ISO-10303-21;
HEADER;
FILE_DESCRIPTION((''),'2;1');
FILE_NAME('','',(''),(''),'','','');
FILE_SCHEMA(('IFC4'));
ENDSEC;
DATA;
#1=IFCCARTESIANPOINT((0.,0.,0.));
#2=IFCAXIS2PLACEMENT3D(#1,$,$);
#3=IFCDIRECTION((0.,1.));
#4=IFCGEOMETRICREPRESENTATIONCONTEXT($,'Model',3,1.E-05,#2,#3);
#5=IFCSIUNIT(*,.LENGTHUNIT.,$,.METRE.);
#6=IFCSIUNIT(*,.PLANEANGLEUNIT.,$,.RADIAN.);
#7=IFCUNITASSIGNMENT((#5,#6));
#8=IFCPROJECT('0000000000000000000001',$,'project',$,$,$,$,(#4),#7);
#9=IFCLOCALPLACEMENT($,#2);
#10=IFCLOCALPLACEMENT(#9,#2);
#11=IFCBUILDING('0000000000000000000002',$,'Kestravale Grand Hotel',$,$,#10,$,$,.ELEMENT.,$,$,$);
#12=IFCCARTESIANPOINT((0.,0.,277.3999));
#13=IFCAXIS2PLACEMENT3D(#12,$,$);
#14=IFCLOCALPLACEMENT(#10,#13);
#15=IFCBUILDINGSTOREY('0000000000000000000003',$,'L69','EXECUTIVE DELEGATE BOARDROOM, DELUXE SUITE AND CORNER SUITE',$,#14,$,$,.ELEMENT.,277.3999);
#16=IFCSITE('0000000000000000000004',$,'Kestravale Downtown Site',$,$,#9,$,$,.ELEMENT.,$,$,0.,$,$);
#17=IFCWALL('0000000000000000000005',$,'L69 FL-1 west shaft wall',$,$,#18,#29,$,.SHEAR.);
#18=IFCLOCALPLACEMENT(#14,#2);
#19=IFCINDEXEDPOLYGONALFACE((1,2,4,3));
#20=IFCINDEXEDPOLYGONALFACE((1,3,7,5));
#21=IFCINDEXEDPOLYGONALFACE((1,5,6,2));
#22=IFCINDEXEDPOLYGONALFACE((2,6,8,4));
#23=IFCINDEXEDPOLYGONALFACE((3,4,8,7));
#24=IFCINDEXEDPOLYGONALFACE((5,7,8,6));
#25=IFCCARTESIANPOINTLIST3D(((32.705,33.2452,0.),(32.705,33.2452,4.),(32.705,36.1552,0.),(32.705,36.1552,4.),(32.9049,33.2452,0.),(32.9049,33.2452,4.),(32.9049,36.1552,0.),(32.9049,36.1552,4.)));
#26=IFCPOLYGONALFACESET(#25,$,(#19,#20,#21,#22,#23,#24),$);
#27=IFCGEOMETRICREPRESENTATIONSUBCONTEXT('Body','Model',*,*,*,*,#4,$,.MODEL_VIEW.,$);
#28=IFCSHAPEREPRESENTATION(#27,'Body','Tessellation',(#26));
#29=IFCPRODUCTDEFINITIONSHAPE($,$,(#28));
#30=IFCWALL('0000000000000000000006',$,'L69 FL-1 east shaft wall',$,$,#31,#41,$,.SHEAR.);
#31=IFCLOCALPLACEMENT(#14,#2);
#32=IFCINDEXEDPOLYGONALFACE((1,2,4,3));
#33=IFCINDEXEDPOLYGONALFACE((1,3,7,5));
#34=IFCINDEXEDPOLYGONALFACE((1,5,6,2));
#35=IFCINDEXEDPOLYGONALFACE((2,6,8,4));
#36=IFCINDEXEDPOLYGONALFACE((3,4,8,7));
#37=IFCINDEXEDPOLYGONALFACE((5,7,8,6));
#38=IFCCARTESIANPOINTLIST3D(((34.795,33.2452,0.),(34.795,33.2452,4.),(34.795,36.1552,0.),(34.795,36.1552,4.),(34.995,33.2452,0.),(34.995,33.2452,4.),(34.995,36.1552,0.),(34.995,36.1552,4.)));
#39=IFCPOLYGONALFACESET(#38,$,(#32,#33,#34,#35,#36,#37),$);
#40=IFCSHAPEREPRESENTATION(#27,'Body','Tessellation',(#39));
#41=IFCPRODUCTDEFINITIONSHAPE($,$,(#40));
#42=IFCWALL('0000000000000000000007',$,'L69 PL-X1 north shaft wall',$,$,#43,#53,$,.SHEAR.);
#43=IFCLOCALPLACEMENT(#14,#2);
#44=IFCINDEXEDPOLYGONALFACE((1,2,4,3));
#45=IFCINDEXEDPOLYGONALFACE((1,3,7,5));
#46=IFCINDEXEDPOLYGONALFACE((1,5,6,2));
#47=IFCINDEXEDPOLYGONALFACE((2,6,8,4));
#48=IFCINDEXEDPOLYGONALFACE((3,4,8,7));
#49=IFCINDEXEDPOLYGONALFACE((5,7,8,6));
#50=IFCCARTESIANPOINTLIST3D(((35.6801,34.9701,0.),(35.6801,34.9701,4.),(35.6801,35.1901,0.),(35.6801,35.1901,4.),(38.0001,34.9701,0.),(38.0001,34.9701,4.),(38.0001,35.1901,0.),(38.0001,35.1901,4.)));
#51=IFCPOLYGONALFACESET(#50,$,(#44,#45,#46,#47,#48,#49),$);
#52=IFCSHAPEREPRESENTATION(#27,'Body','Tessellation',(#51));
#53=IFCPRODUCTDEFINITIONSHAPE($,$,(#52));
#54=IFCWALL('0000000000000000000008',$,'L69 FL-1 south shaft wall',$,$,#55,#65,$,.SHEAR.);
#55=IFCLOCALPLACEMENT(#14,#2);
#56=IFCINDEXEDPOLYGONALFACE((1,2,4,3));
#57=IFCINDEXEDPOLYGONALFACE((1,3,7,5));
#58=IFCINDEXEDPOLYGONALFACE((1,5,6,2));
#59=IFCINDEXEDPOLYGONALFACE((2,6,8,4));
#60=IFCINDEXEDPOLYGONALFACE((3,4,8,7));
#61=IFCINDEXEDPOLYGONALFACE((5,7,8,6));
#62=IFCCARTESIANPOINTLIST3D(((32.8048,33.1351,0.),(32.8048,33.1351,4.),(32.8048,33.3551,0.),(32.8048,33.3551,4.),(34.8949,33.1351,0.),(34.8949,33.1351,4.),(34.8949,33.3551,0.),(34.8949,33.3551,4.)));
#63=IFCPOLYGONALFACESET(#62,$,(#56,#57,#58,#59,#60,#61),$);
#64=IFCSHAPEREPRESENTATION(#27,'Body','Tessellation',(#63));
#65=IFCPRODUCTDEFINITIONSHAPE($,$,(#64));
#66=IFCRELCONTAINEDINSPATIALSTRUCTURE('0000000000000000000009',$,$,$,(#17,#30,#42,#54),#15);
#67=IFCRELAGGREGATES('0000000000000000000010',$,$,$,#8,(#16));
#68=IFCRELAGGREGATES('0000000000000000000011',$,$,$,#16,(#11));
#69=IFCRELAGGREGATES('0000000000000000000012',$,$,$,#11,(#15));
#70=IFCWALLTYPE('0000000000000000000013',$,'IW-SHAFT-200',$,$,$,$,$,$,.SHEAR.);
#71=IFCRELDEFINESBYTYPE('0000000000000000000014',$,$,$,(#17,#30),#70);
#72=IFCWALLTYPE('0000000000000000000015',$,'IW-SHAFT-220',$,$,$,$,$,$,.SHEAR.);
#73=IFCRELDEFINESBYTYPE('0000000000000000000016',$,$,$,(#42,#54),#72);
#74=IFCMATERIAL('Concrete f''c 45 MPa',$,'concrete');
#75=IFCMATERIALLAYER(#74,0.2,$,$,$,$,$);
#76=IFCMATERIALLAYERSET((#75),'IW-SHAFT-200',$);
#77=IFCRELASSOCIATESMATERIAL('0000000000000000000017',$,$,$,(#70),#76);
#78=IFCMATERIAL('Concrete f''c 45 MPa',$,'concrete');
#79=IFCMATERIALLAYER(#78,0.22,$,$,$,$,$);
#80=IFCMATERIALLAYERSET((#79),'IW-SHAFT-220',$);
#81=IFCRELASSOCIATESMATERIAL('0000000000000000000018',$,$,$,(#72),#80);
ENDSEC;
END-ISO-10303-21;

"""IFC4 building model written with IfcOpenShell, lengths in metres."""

from ifc_helpers import new_model, si_unit, direction, frame, frame_2d, origin, place, context, subcontext, project, spatial, rectangle, extrude, material, layer, layer_set, type_object, element, save


model = new_model("IFC4")

# Units and contexts
model_context = context("Model", 3, precision=1e-05, world=origin(), true_north=direction((0.0, 1.0)))
body_context = subcontext(model_context, "Body", "Model", "MODEL_VIEW")
ifc_project = project(units=[si_unit("LENGTHUNIT", "METRE"), si_unit("PLANEANGLEUNIT", "RADIAN")], contexts=[model_context])

# Site, building, storey
site_placement = place(None, origin())
site = spatial("IfcSite", under=ifc_project, at=site_placement, Name="Kestravale Downtown Site", CompositionType="ELEMENT", RefElevation=0.0)
building_placement = place(site_placement, origin())
building = spatial("IfcBuilding", under=site, at=building_placement, Name="Kestravale Grand Hotel", CompositionType="ELEMENT")
storey_placement = place(building_placement, frame((0.0, 0.0, 277.3999)))
storey = spatial("IfcBuildingStorey", under=building, at=storey_placement, Name="L69", Description="EXECUTIVE DELEGATE BOARDROOM, DELUXE SUITE AND CORNER SUITE", CompositionType="ELEMENT", Elevation=277.3999)

# Walls
ifc_material_1 = material(Name="Concrete f'c 45 MPa", Category="concrete")
ifc_layer_1 = layer(ifc_material_1, 0.2)
ifc_layer_set_1 = layer_set([ifc_layer_1], Name="IW-SHAFT-200")
wall_type_1 = type_object("IfcWallType", Name="IW-SHAFT-200", PredefinedType="SHEAR", material=ifc_layer_set_1)
for number, where, z_axis, x_axis, name in (
    (1, (32.8049, 33.2451, 0.0), (0.0, 0.0, 1.0), (0.0, 1.0, 0.0), "L69 FL-1 west shaft wall"),
    (2, (34.895, 33.2451, 0.0), (0.0, 0.0, 1.0), (0.0, 1.0, 0.0), "L69 FL-1 east shaft wall"),
):
    element("IfcWall", number, at=place(storey_placement, frame(where, z_axis=z_axis, x_axis=x_axis)), inside=storey, type_object=wall_type_1, Name=name, PredefinedType="SHEAR", context=body_context, shape_type="SweptSolid", body=[
        extrude(rectangle(XDim=2.9099, YDim=0.2, at=frame_2d((1.4551, 0.0))), origin(), (0.0, 0.0, 1.0), 4.0),
    ])
ifc_material_2 = material(Name="Concrete f'c 45 MPa", Category="concrete")
ifc_layer_2 = layer(ifc_material_2, 0.22)
ifc_layer_set_2 = layer_set([ifc_layer_2], Name="IW-SHAFT-220")
wall_type_2 = type_object("IfcWallType", Name="IW-SHAFT-220", PredefinedType="SHEAR", material=ifc_layer_set_2)
wall_1_placement = place(storey_placement, frame((35.6799, 35.0801, 0.0), z_axis=(0.0, 0.0, 1.0), x_axis=(1.0, 0.0, 0.0)))
element("IfcWall", 3, at=wall_1_placement, inside=storey, type_object=wall_type_2, Name="L69 PL-X1 north shaft wall", PredefinedType="SHEAR", context=body_context, shape_type="SweptSolid", body=[
    extrude(rectangle(XDim=2.3201, YDim=0.22, at=frame_2d((1.1602, 0.0))), origin(), (0.0, 0.0, 1.0), 4.0),
])

# Wall
wall_2_placement = place(storey_placement, frame((32.8049, 33.2451, 0.0), z_axis=(0.0, 0.0, 1.0), x_axis=(1.0, 0.0, 0.0)))
element("IfcWall", 4, at=wall_2_placement, inside=storey, type_object=wall_type_2, Name="L69 FL-1 south shaft wall", PredefinedType="SHEAR", context=body_context, shape_type="SweptSolid", body=[
    extrude(rectangle(XDim=2.0901, YDim=0.22, at=frame_2d((1.0449, 0.0))), origin(), (0.0, 0.0, 1.0), 4.0),
])

save(model, "model.ifc")
